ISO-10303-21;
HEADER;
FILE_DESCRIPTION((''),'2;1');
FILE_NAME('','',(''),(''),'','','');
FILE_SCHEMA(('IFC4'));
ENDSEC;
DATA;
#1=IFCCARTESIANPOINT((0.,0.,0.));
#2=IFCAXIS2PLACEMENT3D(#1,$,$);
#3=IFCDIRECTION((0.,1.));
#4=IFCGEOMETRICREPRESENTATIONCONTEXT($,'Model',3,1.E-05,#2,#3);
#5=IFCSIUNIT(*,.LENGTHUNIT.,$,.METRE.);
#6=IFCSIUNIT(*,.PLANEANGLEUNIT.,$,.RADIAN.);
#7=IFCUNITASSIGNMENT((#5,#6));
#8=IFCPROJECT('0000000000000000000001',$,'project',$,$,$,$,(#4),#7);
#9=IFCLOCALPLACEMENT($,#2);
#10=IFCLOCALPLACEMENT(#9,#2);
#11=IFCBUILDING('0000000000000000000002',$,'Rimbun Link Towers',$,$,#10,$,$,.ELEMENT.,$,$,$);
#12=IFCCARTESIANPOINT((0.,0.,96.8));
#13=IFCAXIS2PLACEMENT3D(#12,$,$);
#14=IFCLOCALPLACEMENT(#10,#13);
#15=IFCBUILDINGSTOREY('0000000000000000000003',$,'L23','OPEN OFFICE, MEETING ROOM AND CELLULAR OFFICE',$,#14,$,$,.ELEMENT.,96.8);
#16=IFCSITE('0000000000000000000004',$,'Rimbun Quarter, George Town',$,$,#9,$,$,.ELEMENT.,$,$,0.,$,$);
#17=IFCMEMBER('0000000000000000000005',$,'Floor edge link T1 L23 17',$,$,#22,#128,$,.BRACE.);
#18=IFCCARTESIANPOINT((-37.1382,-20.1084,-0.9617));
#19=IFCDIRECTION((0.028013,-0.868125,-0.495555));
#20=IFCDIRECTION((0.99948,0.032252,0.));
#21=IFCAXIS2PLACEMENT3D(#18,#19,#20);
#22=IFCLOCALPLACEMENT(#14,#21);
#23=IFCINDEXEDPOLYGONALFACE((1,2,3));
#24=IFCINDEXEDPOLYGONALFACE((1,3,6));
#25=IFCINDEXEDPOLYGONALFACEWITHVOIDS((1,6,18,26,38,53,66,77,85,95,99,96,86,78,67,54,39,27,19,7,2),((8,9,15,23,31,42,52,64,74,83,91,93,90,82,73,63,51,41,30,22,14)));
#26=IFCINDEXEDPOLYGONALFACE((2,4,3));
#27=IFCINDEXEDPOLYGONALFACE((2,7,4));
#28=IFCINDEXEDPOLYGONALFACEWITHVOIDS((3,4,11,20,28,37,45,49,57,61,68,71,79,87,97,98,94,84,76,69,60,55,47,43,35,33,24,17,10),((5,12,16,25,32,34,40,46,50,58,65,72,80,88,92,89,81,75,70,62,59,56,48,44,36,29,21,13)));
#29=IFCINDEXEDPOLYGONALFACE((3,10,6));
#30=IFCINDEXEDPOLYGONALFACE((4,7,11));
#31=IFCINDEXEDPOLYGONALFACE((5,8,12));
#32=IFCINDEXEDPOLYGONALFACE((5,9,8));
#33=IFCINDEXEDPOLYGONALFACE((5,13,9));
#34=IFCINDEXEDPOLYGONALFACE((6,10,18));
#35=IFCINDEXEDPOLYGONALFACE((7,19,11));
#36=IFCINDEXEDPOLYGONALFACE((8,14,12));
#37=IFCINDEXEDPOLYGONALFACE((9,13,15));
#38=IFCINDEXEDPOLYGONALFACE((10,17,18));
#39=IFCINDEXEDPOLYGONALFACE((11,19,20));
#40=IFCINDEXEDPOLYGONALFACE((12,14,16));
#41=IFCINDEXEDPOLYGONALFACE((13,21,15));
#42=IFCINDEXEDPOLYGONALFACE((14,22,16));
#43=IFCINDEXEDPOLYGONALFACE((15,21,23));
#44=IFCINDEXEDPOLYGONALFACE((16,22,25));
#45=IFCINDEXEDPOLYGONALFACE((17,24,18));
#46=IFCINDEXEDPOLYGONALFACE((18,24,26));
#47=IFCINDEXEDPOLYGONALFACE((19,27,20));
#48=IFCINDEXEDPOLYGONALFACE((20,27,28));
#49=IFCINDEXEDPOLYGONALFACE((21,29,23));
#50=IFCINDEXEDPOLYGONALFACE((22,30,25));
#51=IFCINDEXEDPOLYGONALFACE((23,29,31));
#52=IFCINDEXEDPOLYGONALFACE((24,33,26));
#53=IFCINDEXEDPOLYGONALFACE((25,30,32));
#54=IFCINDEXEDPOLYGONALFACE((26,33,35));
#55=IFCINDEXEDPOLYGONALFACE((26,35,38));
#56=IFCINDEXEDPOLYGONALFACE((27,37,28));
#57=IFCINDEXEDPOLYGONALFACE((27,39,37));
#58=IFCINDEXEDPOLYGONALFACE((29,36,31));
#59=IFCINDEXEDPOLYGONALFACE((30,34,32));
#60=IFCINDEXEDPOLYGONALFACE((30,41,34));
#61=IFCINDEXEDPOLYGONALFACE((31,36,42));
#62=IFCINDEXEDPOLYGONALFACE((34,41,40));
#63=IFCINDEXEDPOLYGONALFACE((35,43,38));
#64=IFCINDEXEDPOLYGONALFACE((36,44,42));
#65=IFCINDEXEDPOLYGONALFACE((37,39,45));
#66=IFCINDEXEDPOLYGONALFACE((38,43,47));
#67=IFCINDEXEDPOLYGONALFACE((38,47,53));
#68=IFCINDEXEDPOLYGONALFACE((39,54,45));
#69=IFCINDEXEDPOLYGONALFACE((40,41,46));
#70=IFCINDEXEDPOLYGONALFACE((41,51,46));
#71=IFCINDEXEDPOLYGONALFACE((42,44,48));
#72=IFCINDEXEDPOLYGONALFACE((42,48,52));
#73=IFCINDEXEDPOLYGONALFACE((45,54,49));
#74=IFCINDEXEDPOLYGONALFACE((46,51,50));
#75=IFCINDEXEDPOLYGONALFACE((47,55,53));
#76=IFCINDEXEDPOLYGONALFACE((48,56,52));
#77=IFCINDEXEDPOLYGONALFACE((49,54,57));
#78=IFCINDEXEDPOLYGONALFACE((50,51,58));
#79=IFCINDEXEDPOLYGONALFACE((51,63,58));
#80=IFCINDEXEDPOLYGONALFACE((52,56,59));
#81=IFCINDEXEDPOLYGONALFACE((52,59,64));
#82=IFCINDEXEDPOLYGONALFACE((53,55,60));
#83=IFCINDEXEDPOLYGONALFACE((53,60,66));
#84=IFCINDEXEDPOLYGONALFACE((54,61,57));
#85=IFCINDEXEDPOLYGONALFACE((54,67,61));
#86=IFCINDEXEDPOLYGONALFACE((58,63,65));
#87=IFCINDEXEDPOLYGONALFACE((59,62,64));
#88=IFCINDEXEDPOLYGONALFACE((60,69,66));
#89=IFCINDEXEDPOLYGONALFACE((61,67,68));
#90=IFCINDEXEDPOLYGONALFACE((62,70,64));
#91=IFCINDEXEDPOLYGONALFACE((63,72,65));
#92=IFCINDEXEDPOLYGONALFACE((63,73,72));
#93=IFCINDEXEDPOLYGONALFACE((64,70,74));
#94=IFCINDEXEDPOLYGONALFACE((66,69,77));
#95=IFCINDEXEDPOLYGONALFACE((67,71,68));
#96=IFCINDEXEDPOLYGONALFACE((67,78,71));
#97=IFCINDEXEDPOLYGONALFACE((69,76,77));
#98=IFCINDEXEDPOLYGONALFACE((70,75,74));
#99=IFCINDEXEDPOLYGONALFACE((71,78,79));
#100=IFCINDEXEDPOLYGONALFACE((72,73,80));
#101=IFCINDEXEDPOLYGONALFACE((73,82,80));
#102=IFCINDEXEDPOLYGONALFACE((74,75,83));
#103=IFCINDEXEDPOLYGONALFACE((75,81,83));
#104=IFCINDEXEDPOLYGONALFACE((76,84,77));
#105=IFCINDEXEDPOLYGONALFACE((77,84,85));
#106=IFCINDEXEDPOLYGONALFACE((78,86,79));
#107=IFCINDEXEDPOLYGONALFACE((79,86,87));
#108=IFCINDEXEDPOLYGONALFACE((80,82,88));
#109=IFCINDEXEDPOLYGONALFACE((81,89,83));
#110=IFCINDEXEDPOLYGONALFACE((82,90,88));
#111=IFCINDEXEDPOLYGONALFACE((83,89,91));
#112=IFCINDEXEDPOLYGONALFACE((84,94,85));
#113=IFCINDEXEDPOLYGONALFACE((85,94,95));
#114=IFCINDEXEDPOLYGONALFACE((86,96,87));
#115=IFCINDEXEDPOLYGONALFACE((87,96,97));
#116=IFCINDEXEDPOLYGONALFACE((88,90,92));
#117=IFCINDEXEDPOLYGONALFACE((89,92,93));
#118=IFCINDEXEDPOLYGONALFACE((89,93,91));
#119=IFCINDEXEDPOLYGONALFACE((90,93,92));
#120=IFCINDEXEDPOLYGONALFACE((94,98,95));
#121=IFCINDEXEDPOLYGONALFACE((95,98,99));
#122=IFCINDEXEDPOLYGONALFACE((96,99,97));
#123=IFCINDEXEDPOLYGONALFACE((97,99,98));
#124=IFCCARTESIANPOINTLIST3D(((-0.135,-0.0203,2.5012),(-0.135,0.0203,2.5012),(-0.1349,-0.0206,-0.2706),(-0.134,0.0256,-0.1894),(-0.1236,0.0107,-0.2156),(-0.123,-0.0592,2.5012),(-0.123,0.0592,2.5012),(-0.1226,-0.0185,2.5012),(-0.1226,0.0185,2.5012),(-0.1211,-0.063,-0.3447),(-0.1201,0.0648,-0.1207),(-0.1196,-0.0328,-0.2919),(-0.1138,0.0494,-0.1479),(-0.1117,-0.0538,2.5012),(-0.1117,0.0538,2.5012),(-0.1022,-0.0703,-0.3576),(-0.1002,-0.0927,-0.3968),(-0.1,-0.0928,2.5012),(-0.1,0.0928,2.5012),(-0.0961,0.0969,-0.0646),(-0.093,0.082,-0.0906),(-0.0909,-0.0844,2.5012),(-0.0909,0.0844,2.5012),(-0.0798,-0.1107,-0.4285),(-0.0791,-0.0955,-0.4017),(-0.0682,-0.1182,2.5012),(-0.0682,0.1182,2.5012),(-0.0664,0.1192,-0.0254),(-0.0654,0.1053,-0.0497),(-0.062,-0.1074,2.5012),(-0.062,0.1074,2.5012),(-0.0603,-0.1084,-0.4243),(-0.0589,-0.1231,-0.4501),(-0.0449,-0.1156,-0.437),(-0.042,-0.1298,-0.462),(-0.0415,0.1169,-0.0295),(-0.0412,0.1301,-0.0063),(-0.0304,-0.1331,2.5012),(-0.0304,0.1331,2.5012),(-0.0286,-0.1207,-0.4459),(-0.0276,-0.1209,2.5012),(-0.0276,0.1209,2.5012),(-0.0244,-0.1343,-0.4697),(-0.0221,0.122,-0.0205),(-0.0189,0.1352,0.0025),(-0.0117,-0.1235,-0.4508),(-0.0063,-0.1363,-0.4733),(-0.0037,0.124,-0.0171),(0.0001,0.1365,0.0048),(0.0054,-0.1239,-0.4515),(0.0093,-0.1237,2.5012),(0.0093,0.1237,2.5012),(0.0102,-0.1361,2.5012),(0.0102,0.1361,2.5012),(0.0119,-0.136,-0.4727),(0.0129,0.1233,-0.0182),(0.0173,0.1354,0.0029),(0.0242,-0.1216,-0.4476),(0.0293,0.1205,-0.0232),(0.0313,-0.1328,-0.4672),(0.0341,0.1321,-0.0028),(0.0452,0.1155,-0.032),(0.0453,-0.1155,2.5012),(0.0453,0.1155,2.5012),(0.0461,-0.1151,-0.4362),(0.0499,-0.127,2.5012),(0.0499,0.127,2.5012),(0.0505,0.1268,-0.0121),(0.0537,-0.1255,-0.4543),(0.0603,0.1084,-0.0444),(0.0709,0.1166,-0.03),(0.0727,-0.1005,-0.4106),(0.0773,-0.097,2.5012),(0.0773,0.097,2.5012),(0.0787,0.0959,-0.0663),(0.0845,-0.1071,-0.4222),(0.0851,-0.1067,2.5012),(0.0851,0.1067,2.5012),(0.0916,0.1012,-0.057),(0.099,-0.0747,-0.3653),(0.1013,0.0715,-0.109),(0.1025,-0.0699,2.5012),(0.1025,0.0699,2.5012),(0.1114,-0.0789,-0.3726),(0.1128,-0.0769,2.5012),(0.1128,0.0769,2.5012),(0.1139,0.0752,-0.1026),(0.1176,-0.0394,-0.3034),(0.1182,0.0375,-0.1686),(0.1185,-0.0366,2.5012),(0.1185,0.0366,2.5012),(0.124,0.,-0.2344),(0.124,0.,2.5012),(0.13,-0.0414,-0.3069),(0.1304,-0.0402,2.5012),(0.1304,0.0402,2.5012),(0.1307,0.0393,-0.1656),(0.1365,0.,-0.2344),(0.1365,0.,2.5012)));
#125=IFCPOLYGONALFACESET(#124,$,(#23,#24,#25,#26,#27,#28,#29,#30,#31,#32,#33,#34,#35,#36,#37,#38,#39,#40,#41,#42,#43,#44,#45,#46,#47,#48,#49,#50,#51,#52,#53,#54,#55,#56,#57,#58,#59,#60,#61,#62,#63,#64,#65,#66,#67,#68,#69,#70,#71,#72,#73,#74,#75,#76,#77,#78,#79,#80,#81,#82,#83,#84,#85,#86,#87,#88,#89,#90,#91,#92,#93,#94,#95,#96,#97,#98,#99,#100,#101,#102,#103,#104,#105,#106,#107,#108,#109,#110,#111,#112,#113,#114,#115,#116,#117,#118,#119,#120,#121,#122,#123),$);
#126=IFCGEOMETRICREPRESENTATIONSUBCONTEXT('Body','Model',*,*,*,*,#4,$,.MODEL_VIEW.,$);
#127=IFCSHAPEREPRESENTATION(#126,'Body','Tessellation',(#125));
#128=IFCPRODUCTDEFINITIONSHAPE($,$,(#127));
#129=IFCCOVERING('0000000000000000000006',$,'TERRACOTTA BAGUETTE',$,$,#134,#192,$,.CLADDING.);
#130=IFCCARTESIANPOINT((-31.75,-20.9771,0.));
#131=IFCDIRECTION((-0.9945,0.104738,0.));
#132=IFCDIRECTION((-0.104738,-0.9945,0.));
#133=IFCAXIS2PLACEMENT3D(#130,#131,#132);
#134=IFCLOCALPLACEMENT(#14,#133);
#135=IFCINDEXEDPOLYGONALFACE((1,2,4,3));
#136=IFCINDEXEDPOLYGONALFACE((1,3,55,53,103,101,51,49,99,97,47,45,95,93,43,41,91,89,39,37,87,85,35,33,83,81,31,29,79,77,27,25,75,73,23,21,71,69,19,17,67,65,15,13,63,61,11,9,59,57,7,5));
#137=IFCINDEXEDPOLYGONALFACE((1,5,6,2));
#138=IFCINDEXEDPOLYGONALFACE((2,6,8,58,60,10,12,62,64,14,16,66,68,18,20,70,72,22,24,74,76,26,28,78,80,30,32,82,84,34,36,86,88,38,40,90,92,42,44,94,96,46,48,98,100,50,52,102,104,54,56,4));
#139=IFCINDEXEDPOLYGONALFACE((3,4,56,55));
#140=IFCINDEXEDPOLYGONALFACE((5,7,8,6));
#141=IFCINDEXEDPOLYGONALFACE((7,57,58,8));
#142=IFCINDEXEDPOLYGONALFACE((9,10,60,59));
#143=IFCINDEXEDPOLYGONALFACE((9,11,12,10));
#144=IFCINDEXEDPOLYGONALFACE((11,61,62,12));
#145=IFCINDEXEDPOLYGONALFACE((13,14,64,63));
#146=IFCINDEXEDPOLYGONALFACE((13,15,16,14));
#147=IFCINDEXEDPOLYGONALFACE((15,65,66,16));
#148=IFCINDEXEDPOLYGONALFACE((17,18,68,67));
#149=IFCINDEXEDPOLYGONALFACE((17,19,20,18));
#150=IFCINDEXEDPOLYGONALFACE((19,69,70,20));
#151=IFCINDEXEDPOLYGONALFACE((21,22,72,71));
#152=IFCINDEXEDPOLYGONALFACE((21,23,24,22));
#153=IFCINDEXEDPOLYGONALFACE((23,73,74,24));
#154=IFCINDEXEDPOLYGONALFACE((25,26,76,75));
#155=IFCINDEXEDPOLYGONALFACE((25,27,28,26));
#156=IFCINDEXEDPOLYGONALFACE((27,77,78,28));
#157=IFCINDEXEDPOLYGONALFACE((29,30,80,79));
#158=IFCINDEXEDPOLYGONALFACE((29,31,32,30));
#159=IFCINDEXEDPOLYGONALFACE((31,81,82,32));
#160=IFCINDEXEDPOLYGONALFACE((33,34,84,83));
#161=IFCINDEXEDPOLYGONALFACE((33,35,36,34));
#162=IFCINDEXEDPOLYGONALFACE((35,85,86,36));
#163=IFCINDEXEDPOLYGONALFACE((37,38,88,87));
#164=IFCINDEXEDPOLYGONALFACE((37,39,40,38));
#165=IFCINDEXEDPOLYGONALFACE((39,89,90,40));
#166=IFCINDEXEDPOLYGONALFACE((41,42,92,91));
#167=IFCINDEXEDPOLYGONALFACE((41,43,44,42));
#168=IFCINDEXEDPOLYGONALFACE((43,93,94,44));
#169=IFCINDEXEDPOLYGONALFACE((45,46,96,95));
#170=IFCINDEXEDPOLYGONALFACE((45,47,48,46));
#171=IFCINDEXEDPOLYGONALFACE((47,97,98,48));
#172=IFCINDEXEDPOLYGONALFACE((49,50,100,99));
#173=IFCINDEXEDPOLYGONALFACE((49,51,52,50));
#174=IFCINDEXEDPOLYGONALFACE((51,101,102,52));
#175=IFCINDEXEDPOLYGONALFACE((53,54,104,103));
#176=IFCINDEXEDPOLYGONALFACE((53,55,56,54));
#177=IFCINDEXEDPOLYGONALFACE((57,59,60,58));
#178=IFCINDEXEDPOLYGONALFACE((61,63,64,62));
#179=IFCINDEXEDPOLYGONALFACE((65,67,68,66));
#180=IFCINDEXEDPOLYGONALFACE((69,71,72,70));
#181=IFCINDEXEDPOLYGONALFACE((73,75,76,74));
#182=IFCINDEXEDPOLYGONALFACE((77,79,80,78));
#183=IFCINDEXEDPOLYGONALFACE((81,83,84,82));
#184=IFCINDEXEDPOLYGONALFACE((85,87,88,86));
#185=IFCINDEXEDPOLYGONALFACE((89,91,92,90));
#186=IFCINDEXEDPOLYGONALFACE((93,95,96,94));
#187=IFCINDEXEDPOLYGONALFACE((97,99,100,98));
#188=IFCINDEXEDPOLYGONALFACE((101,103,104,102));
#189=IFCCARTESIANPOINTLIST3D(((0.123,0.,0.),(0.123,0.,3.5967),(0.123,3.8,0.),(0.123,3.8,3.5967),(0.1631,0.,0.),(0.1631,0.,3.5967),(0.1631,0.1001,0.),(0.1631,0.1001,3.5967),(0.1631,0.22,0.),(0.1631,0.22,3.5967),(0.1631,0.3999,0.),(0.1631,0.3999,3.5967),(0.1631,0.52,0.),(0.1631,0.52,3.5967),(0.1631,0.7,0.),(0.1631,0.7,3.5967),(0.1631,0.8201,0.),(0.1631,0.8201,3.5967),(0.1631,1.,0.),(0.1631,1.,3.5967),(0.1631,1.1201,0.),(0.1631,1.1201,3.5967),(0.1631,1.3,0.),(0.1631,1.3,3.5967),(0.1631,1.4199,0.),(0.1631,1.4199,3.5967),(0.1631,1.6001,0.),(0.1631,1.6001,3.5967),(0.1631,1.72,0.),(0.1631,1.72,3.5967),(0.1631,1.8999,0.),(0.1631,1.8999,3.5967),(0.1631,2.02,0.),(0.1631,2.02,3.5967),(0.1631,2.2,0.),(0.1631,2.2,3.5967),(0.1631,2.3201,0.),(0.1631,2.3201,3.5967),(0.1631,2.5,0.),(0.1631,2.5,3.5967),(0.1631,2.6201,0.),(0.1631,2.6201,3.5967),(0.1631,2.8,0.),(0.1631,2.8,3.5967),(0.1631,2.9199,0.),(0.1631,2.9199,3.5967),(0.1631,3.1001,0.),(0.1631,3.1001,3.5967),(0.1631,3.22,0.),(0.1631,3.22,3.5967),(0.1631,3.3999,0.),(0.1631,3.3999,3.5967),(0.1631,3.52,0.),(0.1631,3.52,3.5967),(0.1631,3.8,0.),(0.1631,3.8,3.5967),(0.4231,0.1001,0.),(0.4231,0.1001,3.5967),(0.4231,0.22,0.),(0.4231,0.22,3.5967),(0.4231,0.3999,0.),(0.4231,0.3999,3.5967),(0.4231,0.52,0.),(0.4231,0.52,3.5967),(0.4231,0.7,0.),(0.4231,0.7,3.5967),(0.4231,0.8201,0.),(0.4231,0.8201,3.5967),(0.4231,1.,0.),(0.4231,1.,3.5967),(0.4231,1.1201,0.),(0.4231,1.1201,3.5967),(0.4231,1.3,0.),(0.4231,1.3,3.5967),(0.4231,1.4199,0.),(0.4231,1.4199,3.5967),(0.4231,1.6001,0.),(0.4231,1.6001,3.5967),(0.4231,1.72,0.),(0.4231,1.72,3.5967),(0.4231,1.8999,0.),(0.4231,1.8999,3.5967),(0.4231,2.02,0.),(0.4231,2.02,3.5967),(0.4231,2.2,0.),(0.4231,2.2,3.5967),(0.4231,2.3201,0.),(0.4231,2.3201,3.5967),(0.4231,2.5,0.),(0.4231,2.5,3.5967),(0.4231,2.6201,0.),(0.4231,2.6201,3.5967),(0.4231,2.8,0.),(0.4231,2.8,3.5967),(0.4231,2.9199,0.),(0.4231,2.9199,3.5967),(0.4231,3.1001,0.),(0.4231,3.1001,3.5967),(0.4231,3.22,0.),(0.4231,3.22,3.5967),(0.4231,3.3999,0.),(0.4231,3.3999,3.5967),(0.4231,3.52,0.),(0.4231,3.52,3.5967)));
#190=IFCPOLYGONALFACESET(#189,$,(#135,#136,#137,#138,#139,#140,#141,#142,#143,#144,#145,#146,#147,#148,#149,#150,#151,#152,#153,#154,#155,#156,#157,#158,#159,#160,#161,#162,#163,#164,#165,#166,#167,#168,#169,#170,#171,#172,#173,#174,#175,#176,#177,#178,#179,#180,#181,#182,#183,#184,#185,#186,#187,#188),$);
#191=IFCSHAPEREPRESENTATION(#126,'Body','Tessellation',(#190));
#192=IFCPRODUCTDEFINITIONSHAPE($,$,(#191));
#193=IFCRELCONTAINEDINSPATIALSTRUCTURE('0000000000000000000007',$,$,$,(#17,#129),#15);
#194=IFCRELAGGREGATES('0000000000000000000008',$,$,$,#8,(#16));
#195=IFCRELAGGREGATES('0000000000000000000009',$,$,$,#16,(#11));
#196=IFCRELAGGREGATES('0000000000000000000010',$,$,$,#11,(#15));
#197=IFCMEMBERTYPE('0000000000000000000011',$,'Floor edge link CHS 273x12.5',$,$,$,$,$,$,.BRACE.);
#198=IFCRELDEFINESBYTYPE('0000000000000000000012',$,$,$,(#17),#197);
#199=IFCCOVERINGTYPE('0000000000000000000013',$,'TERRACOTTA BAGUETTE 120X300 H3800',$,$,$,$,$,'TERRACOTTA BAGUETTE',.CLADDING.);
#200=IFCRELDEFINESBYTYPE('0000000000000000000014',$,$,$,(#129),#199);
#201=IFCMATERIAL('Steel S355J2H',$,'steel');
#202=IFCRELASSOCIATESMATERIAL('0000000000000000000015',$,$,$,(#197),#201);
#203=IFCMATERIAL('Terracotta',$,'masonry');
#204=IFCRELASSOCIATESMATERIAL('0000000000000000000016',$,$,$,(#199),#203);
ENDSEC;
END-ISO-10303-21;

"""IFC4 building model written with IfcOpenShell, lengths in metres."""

from ifc_helpers import new_model, si_unit, direction, frame, origin, origin_2d, place, context, subcontext, project, spatial, polyline, hollow_circle, outline, extrude, clip, halfspace, material, material_profile, profile_set, type_object, element, save


model = new_model("IFC4")

# Units and contexts
model_context = context("Model", 3, precision=1e-05, world=origin(), true_north=direction((0.0, 1.0)))
body_context = subcontext(model_context, "Body", "Model", "MODEL_VIEW")
ifc_project = project(units=[si_unit("LENGTHUNIT", "METRE"), si_unit("PLANEANGLEUNIT", "RADIAN")], contexts=[model_context])

# Site, building, storey
site_placement = place(None, origin())
site = spatial("IfcSite", under=ifc_project, at=site_placement, Name="Rimbun Quarter, George Town", CompositionType="ELEMENT", RefElevation=0.0)
building_placement = place(site_placement, origin())
building = spatial("IfcBuilding", under=site, at=building_placement, Name="Rimbun Link Towers", CompositionType="ELEMENT")
storey_placement = place(building_placement, frame((0.0, 0.0, 96.8)))
storey = spatial("IfcBuildingStorey", under=building, at=storey_placement, Name="L23", Description="OPEN OFFICE, MEETING ROOM AND CELLULAR OFFICE", CompositionType="ELEMENT", Elevation=96.8)

# Member
ifc_material_1 = material(Name="Steel S355J2H", Category="steel")
ifc_material_profile_1 = material_profile(ifc_material_1, hollow_circle(Radius=0.1365, WallThickness=0.0125, at=origin_2d()), Name="CHS 273x12.5")
ifc_profile_set_1 = profile_set([ifc_material_profile_1], Name="Steel S355J2H")
member_type_1 = type_object("IfcMemberType", Name="Floor edge link CHS 273x12.5", PredefinedType="BRACE", material=ifc_profile_set_1)
member_1_placement = place(storey_placement, frame((-37.1382, -20.1084, -0.9617), z_axis=(0.028013, -0.868125, -0.495555), x_axis=(0.99948, 0.032252, 0.0)))
element("IfcMember", 1, at=member_1_placement, inside=storey, type_object=member_type_1, Name="Floor edge link T1 L23 17", PredefinedType="BRACE", context=body_context, shape_type="Clipping", body=[
    clip(extrude(hollow_circle(Radius=0.1365, WallThickness=0.0125, at=origin_2d()), frame((0.0, 0.0, -0.4988)), (0.0, 0.0, 1.0), 3.0), halfspace(frame((0.0, 0.0, -0.2344), z_axis=(0.0, 0.868576, -0.495555)), False)),
])

# Covering
ifc_material_2 = material(Name="Terracotta", Category="masonry")
ifc_material_profile_2 = material_profile(ifc_material_2, outline(polyline([(0.123, 0.0), (0.1631, 0.0), (0.1631, 0.1001), (0.4231, 0.1001), (0.4231, 0.22), (0.1631, 0.22), (0.1631, 0.3999), (0.4231, 0.3999), (0.4231, 0.52), (0.1631, 0.52), (0.1631, 0.7), (0.4231, 0.7), (0.4231, 0.8201), (0.1631, 0.8201), (0.1631, 1.0), (0.4231, 1.0), (0.4231, 1.1201), (0.1631, 1.1201), (0.1631, 1.3), (0.4231, 1.3), (0.4231, 1.4199), (0.1631, 1.4199), (0.1631, 1.6001), (0.4231, 1.6001), (0.4231, 1.72), (0.1631, 1.72), (0.1631, 1.8999), (0.4231, 1.8999), (0.4231, 2.02), (0.1631, 2.02), (0.1631, 2.2), (0.4231, 2.2), (0.4231, 2.3201), (0.1631, 2.3201), (0.1631, 2.5), (0.4231, 2.5), (0.4231, 2.6201), (0.1631, 2.6201), (0.1631, 2.8), (0.4231, 2.8), (0.4231, 2.9199), (0.1631, 2.9199), (0.1631, 3.1001), (0.4231, 3.1001), (0.4231, 3.22), (0.1631, 3.22), (0.1631, 3.3999), (0.4231, 3.3999), (0.4231, 3.52), (0.1631, 3.52), (0.1631, 3.8), (0.123, 3.8), (0.123, 0.0)])), Name="BAGUETTE 120X300")
ifc_profile_set_2 = profile_set([ifc_material_profile_2], Name="Terracotta")
covering_type = type_object("IfcCoveringType", Name="TERRACOTTA BAGUETTE 120X300 H3800", ElementType="TERRACOTTA BAGUETTE", PredefinedType="CLADDING", material=ifc_profile_set_2)
covering_1_placement = place(storey_placement, frame((-31.75, -20.9771, 0.0), z_axis=(-0.9945, 0.104738, 0.0), x_axis=(-0.104738, -0.9945, 0.0)))
element("IfcCovering", 2, at=covering_1_placement, inside=storey, type_object=covering_type, Name="TERRACOTTA BAGUETTE", PredefinedType="CLADDING", context=body_context, shape_type="SweptSolid", body=[
    extrude(outline(polyline([(0.123, 0.0), (0.1631, 0.0), (0.1631, 0.1001), (0.4231, 0.1001), (0.4231, 0.22), (0.1631, 0.22), (0.1631, 0.3999), (0.4231, 0.3999), (0.4231, 0.52), (0.1631, 0.52), (0.1631, 0.7), (0.4231, 0.7), (0.4231, 0.8201), (0.1631, 0.8201), (0.1631, 1.0), (0.4231, 1.0), (0.4231, 1.1201), (0.1631, 1.1201), (0.1631, 1.3), (0.4231, 1.3), (0.4231, 1.4199), (0.1631, 1.4199), (0.1631, 1.6001), (0.4231, 1.6001), (0.4231, 1.72), (0.1631, 1.72), (0.1631, 1.8999), (0.4231, 1.8999), (0.4231, 2.02), (0.1631, 2.02), (0.1631, 2.2), (0.4231, 2.2), (0.4231, 2.3201), (0.1631, 2.3201), (0.1631, 2.5), (0.4231, 2.5), (0.4231, 2.6201), (0.1631, 2.6201), (0.1631, 2.8), (0.4231, 2.8), (0.4231, 2.9199), (0.1631, 2.9199), (0.1631, 3.1001), (0.4231, 3.1001), (0.4231, 3.22), (0.1631, 3.22), (0.1631, 3.3999), (0.4231, 3.3999), (0.4231, 3.52), (0.1631, 3.52), (0.1631, 3.8), (0.123, 3.8), (0.123, 0.0)])), origin(), (0.0, 0.0, 1.0), 3.5967),
])

save(model, "model.ifc")
